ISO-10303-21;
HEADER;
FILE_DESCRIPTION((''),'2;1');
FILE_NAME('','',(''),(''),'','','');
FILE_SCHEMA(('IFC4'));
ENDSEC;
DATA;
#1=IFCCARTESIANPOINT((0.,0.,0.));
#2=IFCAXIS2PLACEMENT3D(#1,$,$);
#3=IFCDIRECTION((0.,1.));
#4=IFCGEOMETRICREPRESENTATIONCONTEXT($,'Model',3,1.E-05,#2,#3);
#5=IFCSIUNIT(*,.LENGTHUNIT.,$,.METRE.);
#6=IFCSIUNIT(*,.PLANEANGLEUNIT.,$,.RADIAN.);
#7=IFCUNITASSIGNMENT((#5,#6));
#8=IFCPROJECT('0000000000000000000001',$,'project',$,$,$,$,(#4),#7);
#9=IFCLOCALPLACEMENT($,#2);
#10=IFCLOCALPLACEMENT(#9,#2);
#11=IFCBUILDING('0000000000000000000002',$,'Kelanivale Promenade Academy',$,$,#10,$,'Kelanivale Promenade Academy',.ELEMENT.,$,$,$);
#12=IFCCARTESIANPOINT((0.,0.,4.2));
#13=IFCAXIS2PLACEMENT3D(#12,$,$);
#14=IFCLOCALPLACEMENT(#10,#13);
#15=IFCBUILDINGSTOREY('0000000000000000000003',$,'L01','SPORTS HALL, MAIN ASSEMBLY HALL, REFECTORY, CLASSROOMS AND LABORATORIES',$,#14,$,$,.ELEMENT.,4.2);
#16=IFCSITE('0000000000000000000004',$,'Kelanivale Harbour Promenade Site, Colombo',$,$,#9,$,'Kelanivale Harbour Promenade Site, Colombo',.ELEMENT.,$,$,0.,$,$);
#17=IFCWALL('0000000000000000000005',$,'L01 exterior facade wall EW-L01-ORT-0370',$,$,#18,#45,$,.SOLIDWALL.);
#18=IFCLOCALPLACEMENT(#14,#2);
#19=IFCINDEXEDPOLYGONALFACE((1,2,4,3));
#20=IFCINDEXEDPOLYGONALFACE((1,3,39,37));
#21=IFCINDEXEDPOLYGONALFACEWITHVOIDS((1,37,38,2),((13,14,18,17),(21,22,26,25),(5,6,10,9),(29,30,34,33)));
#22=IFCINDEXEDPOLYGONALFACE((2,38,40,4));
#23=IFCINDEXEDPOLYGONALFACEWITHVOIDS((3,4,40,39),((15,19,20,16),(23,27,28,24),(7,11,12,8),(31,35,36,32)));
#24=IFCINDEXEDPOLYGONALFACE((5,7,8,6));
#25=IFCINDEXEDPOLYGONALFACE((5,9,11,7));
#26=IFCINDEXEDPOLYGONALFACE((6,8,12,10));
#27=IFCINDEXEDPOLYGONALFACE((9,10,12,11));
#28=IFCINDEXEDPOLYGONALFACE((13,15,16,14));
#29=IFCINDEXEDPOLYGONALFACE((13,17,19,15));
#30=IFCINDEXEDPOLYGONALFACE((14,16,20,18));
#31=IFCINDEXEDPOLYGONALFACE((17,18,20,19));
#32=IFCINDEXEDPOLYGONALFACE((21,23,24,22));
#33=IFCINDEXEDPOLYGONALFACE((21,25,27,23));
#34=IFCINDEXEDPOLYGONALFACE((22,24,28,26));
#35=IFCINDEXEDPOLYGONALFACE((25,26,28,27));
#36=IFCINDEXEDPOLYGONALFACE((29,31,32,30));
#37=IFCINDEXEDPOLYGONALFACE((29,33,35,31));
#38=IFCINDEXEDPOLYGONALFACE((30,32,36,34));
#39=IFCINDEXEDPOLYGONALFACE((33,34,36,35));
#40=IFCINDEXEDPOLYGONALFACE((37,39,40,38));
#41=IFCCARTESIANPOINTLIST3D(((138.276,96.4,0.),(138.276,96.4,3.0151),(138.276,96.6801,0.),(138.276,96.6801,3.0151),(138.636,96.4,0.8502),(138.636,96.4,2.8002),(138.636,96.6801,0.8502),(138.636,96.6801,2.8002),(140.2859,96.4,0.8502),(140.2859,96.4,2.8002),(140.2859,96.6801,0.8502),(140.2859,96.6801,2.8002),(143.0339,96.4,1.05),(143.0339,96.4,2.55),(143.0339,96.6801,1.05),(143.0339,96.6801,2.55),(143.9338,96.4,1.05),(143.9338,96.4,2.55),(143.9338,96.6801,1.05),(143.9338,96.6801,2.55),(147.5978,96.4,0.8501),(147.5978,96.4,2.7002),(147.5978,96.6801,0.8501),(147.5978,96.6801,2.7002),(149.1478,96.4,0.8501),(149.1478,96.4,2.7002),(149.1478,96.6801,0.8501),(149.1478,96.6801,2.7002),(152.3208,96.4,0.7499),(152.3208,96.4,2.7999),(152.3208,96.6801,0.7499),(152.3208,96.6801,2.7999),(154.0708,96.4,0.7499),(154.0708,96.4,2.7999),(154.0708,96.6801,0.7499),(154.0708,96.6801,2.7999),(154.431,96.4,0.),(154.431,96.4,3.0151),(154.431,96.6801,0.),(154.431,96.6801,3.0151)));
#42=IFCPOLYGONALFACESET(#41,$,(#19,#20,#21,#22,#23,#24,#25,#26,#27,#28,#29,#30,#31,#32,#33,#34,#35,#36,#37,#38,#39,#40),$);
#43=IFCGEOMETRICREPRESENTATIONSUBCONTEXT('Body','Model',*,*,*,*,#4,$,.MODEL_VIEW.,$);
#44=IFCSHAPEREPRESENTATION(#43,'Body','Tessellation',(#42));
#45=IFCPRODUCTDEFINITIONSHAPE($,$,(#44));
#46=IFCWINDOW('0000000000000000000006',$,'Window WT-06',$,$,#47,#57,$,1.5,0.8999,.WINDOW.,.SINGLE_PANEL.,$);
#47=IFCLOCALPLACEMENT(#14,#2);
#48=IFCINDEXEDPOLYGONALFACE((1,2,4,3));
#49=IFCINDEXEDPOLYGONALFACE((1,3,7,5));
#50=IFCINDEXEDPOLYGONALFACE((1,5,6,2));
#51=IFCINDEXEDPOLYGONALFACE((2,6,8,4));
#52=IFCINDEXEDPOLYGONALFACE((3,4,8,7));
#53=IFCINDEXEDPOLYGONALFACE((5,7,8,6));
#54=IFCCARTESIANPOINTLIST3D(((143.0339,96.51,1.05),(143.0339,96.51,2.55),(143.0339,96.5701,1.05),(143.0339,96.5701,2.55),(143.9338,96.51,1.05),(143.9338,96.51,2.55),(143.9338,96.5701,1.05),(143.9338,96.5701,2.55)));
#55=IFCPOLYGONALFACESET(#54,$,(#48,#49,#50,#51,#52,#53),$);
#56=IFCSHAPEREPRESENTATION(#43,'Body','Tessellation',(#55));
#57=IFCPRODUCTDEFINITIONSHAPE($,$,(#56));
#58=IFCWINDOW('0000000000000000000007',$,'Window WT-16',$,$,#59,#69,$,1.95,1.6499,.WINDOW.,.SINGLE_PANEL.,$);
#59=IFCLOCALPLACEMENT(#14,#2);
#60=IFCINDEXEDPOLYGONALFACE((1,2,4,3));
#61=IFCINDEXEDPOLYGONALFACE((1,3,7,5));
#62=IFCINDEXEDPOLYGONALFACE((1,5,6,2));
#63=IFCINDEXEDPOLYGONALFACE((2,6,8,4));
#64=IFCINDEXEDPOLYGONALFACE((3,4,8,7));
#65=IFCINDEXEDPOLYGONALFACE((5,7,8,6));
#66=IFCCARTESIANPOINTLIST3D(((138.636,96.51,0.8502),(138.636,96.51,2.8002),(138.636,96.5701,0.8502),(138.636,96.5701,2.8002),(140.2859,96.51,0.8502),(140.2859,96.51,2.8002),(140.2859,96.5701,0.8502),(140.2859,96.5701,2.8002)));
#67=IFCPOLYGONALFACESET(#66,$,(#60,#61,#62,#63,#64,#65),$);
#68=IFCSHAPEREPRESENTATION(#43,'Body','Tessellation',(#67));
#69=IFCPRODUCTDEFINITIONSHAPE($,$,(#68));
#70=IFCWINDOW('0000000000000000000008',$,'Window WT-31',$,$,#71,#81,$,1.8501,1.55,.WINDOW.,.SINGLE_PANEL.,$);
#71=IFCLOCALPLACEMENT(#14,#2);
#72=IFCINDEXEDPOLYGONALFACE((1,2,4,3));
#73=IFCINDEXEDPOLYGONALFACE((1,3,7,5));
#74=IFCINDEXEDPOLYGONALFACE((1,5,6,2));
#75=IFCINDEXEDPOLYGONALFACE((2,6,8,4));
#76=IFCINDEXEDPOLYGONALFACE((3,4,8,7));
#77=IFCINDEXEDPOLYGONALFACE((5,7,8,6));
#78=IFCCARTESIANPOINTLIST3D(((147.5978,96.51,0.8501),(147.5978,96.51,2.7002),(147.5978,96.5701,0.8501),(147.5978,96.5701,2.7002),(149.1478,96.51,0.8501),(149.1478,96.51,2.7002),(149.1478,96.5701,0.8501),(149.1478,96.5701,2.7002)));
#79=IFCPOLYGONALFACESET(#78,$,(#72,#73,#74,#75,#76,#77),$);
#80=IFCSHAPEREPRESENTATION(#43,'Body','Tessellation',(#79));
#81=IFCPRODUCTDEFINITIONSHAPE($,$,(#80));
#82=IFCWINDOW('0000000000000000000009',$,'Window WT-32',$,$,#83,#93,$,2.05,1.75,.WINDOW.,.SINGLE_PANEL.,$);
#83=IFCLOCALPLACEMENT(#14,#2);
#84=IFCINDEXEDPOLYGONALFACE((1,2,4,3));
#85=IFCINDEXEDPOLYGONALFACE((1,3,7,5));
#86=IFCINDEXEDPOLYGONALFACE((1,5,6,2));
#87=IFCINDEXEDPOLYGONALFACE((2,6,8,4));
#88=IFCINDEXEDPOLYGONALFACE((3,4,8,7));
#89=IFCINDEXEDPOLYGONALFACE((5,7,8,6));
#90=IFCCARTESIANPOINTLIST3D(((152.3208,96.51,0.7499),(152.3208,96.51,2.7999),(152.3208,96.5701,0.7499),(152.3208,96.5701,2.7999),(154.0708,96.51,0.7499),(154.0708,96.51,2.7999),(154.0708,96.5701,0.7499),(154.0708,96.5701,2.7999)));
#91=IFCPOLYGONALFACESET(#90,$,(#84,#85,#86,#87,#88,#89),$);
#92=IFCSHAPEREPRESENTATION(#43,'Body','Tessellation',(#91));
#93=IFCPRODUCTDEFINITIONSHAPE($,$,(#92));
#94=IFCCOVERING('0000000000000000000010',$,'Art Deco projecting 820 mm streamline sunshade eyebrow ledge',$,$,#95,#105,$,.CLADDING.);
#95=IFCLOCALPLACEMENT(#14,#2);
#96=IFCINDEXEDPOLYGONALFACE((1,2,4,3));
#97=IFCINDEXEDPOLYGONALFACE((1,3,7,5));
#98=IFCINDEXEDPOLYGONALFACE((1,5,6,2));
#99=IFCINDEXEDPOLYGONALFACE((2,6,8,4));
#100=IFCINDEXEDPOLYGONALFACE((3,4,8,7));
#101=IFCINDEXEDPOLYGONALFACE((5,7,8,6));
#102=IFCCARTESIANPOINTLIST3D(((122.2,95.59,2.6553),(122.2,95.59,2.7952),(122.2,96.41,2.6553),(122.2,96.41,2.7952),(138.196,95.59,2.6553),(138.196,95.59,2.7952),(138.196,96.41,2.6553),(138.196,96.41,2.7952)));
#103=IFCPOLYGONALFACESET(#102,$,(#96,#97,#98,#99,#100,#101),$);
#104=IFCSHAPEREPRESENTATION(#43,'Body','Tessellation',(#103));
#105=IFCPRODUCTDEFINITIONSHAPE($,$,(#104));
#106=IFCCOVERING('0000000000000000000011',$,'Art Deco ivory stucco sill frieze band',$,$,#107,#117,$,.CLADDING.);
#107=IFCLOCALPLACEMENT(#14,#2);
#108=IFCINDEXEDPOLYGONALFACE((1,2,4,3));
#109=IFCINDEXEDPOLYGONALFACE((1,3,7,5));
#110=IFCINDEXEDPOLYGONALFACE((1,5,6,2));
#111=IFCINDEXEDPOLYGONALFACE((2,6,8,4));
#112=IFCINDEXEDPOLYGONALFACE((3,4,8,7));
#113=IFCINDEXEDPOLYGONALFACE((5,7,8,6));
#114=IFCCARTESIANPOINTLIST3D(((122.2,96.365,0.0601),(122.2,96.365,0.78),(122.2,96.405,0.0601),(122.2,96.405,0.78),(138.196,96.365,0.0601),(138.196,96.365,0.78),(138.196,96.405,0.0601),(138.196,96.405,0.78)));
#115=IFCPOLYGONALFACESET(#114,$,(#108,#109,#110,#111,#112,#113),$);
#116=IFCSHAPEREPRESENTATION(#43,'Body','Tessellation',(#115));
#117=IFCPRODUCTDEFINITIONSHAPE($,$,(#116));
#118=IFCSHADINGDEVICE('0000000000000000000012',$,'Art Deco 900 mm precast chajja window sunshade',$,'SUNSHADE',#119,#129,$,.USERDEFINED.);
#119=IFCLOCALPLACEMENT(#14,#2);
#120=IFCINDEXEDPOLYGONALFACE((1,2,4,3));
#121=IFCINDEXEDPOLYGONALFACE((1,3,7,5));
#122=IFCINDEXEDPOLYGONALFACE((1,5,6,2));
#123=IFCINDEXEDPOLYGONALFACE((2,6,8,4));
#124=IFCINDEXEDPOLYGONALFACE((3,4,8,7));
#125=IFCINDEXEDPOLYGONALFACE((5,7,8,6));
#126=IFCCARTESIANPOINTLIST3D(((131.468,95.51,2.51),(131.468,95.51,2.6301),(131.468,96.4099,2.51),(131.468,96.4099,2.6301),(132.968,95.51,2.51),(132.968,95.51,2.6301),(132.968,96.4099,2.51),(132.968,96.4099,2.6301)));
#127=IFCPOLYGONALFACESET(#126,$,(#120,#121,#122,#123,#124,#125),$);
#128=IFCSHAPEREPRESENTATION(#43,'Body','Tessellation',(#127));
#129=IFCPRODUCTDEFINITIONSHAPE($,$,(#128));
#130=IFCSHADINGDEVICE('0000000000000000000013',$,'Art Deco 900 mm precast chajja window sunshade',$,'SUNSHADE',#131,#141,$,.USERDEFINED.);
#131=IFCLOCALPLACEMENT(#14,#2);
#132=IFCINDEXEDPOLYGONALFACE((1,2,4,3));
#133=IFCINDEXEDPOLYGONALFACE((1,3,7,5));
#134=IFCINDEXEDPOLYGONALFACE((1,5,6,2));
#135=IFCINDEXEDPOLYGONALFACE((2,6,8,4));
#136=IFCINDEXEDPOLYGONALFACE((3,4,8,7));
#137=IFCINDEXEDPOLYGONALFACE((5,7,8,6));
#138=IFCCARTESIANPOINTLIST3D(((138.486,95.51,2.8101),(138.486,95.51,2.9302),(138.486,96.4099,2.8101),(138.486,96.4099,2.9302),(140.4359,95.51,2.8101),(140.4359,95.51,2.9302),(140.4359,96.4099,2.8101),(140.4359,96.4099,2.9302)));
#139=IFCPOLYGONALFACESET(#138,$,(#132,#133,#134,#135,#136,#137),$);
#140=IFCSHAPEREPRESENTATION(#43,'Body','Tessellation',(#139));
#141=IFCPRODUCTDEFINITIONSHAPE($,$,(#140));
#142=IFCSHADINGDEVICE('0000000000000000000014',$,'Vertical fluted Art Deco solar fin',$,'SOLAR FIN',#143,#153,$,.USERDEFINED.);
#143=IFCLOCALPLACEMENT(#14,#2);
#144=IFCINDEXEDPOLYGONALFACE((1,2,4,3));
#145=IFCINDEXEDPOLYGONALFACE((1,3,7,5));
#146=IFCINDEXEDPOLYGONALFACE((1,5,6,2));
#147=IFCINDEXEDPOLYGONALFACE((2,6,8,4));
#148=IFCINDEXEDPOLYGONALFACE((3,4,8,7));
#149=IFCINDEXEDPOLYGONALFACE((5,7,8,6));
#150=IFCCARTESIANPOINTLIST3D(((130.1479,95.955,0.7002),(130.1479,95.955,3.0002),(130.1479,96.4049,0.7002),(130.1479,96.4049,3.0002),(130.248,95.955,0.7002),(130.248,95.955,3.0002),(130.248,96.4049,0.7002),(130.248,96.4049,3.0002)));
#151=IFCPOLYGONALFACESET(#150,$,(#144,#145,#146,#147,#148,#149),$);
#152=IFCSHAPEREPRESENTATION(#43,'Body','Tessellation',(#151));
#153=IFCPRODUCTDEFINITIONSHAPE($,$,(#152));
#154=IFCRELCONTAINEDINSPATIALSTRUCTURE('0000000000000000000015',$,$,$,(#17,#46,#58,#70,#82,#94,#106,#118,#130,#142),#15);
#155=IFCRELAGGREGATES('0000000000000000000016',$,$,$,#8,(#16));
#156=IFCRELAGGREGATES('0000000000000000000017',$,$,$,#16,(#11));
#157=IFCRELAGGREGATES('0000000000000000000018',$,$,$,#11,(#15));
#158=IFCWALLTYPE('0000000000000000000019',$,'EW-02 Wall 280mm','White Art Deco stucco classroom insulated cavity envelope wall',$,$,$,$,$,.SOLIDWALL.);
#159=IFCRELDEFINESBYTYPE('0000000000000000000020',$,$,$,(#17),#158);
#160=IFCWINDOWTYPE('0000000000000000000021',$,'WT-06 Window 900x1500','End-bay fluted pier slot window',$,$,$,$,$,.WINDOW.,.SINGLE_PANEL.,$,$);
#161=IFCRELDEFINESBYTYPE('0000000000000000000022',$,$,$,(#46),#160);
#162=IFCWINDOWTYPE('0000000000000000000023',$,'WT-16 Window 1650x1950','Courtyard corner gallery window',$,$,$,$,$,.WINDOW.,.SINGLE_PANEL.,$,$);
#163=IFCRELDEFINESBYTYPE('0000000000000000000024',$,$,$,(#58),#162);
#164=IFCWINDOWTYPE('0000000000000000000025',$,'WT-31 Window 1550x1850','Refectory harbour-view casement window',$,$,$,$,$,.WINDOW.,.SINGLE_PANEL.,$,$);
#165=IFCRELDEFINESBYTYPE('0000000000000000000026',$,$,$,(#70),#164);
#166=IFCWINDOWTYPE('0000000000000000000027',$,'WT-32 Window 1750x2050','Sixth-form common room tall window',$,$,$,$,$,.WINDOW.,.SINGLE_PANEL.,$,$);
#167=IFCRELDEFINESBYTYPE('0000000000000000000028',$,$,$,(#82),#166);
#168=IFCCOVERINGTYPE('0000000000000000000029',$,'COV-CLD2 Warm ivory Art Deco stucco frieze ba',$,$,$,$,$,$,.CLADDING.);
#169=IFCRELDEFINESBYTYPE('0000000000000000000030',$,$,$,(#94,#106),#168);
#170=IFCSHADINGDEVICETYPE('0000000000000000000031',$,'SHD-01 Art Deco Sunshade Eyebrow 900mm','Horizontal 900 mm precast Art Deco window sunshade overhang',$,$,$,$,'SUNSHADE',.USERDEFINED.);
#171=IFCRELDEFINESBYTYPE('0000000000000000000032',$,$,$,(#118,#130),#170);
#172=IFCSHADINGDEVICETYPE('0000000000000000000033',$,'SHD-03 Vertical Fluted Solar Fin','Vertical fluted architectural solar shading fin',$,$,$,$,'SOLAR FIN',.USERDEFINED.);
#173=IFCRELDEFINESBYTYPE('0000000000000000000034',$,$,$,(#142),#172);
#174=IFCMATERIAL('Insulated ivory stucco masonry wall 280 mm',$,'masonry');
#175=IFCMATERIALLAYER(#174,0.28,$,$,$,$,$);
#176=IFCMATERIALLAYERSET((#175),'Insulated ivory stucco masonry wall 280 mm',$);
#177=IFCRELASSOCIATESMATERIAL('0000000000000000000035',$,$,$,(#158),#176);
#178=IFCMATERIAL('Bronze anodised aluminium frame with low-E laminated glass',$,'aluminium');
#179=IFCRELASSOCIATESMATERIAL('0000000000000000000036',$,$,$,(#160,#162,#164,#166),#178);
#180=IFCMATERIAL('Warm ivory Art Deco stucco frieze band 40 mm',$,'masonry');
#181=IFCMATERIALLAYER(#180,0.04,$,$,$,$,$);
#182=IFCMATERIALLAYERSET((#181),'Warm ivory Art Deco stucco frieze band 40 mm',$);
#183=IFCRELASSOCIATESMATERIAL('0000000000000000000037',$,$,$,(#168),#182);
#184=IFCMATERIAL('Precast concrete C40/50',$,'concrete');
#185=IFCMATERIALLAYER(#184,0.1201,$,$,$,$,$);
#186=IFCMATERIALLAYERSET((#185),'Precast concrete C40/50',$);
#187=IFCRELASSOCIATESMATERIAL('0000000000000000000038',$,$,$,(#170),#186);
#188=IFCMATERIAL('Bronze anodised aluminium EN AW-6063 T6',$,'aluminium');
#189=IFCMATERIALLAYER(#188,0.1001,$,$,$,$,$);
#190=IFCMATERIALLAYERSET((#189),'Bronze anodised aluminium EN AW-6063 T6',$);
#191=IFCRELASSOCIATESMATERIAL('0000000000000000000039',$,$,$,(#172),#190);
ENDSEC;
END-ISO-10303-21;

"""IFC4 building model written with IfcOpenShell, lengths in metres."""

from ifc_helpers import new_model, si_unit, direction, frame, frame_2d, origin, origin_2d, place, context, subcontext, project, spatial, rectangle, extrude, material, layer, layer_set, type_object, element, fill, save


model = new_model("IFC4")

# Units and contexts
model_context = context("Model", 3, precision=1e-05, world=origin(), true_north=direction((0.0, 1.0)))
body_context = subcontext(model_context, "Body", "Model", "MODEL_VIEW")
ifc_project = project(units=[si_unit("LENGTHUNIT", "METRE"), si_unit("PLANEANGLEUNIT", "RADIAN")], contexts=[model_context])

# Site, building, storey
site_placement = place(None, origin())
site = spatial("IfcSite", under=ifc_project, at=site_placement, Name="Kelanivale Harbour Promenade Site, Colombo", LongName="Kelanivale Harbour Promenade Site, Colombo", CompositionType="ELEMENT", RefElevation=0.0)
building_placement = place(site_placement, origin())
building = spatial("IfcBuilding", under=site, at=building_placement, Name="Kelanivale Promenade Academy", LongName="Kelanivale Promenade Academy", CompositionType="ELEMENT")
storey_placement = place(building_placement, frame((0.0, 0.0, 4.2)))
storey = spatial("IfcBuildingStorey", under=building, at=storey_placement, Name="L01", Description="SPORTS HALL, MAIN ASSEMBLY HALL, REFECTORY, CLASSROOMS AND LABORATORIES", CompositionType="ELEMENT", Elevation=4.2)

# Wall, openings, windows
ifc_material_1 = material(Name="Insulated ivory stucco masonry wall 280 mm", Category="masonry")
ifc_layer_1 = layer(ifc_material_1, 0.28)
ifc_layer_set_1 = layer_set([ifc_layer_1], Name="Insulated ivory stucco masonry wall 280 mm")
wall_type = type_object("IfcWallType", Name="EW-02 Wall 280mm", Description="White Art Deco stucco classroom insulated cavity envelope wall", PredefinedType="SOLIDWALL", material=ifc_layer_set_1)
wall_placement = place(storey_placement, frame((138.2759, 96.54, 0.0), z_axis=(0.0, 0.0, 1.0), x_axis=(1.0, 0.0, 0.0)))
wall = element("IfcWall", 1, at=wall_placement, inside=storey, type_object=wall_type, Name="L01 exterior facade wall EW-L01-ORT-0370", PredefinedType="SOLIDWALL", context=body_context, shape_type="SweptSolid", body=[
    extrude(rectangle(XDim=16.155, YDim=0.28, at=frame_2d((8.0776, 0.0))), origin(), (0.0, 0.0, 1.0), 3.0151),
])
opening_1_placement = place(wall_placement, frame((0.3601, 0.0, 0.8501)))
opening_1 = element("IfcOpeningElement", 2, at=opening_1_placement, cuts=wall, PredefinedType="OPENING", context=body_context, shape_type="SweptSolid", body=[
    extrude(rectangle(XDim=1.6499, YDim=1.95, at=frame_2d((0.825, 0.9751))), frame((0.0, 0.1499, 0.0), z_axis=(0.0, -1.0, 0.0), x_axis=(1.0, 0.0, 0.0)), (0.0, 0.0, 1.0), 0.3),
])
opening_2_placement = place(wall_placement, frame((4.7581, 0.0, 1.05)))
opening_2 = element("IfcOpeningElement", 3, at=opening_2_placement, cuts=wall, PredefinedType="OPENING", context=body_context, shape_type="SweptSolid", body=[
    extrude(rectangle(XDim=0.8999, YDim=1.5, at=frame_2d((0.45, 0.75))), frame((0.0, 0.1499, 0.0), z_axis=(0.0, -1.0, 0.0), x_axis=(1.0, 0.0, 0.0)), (0.0, 0.0, 1.0), 0.3),
])
opening_3_placement = place(wall_placement, frame((9.322, 0.0, 0.8501)))
opening_3 = element("IfcOpeningElement", 4, at=opening_3_placement, cuts=wall, PredefinedType="OPENING", context=body_context, shape_type="SweptSolid", body=[
    extrude(rectangle(XDim=1.55, YDim=1.8501, at=frame_2d((0.7749, 0.925))), frame((0.0, 0.1499, 0.0), z_axis=(0.0, -1.0, 0.0), x_axis=(1.0, 0.0, 0.0)), (0.0, 0.0, 1.0), 0.3),
])
opening_4_placement = place(wall_placement, frame((14.0449, 0.0, 0.75)))
opening_4 = element("IfcOpeningElement", 5, at=opening_4_placement, cuts=wall, PredefinedType="OPENING", context=body_context, shape_type="SweptSolid", body=[
    extrude(rectangle(XDim=1.75, YDim=2.05, at=frame_2d((0.875, 1.0249))), frame((0.0, 0.1499, 0.0), z_axis=(0.0, -1.0, 0.0), x_axis=(1.0, 0.0, 0.0)), (0.0, 0.0, 1.0), 0.3),
])
ifc_material_2 = material(Name="Bronze anodised aluminium frame with low-E laminated glass", Category="aluminium")
window_type_1 = type_object("IfcWindowType", Name="WT-06 Window 900x1500", Description="End-bay fluted pier slot window", PartitioningType="SINGLE_PANEL", PredefinedType="WINDOW", material=ifc_material_2)
window_1_placement = place(opening_2_placement, origin())
window_1 = element("IfcWindow", 6, at=window_1_placement, inside=storey, type_object=window_type_1, Name="Window WT-06", OverallHeight=1.5, OverallWidth=0.8999, PartitioningType="SINGLE_PANEL", PredefinedType="WINDOW", context=body_context, shape_type="SweptSolid", body=[
    extrude(rectangle(XDim=0.8999, YDim=1.5, at=frame_2d((0.45, 0.75))), frame((0.0, 0.03, 0.0), z_axis=(0.0, -1.0, 0.0), x_axis=(1.0, 0.0, 0.0)), (0.0, 0.0, 1.0), 0.0601),
])
fill(opening_2, window_1)
window_type_2 = type_object("IfcWindowType", Name="WT-16 Window 1650x1950", Description="Courtyard corner gallery window", PartitioningType="SINGLE_PANEL", PredefinedType="WINDOW", material=ifc_material_2)
window_2_placement = place(opening_1_placement, origin())
window_2 = element("IfcWindow", 7, at=window_2_placement, inside=storey, type_object=window_type_2, Name="Window WT-16", OverallHeight=1.95, OverallWidth=1.6499, PartitioningType="SINGLE_PANEL", PredefinedType="WINDOW", context=body_context, shape_type="SweptSolid", body=[
    extrude(rectangle(XDim=1.6499, YDim=1.95, at=frame_2d((0.825, 0.9751))), frame((0.0, 0.03, 0.0), z_axis=(0.0, -1.0, 0.0), x_axis=(1.0, 0.0, 0.0)), (0.0, 0.0, 1.0), 0.0601),
])
fill(opening_1, window_2)
window_type_3 = type_object("IfcWindowType", Name="WT-31 Window 1550x1850", Description="Refectory harbour-view casement window", PartitioningType="SINGLE_PANEL", PredefinedType="WINDOW", material=ifc_material_2)
window_3_placement = place(opening_3_placement, origin())
window_3 = element("IfcWindow", 8, at=window_3_placement, inside=storey, type_object=window_type_3, Name="Window WT-31", OverallHeight=1.8501, OverallWidth=1.55, PartitioningType="SINGLE_PANEL", PredefinedType="WINDOW", context=body_context, shape_type="SweptSolid", body=[
    extrude(rectangle(XDim=1.55, YDim=1.8501, at=frame_2d((0.7749, 0.925))), frame((0.0, 0.03, 0.0), z_axis=(0.0, -1.0, 0.0), x_axis=(1.0, 0.0, 0.0)), (0.0, 0.0, 1.0), 0.0601),
])
fill(opening_3, window_3)
window_type_4 = type_object("IfcWindowType", Name="WT-32 Window 1750x2050", Description="Sixth-form common room tall window", PartitioningType="SINGLE_PANEL", PredefinedType="WINDOW", material=ifc_material_2)
window_4_placement = place(opening_4_placement, origin())
window_4 = element("IfcWindow", 9, at=window_4_placement, inside=storey, type_object=window_type_4, Name="Window WT-32", OverallHeight=2.05, OverallWidth=1.75, PartitioningType="SINGLE_PANEL", PredefinedType="WINDOW", context=body_context, shape_type="SweptSolid", body=[
    extrude(rectangle(XDim=1.75, YDim=2.05, at=frame_2d((0.875, 1.0249))), frame((0.0, 0.03, 0.0), z_axis=(0.0, -1.0, 0.0), x_axis=(1.0, 0.0, 0.0)), (0.0, 0.0, 1.0), 0.0601),
])
fill(opening_4, window_4)

# Coverings
ifc_material_3 = material(Name="Warm ivory Art Deco stucco frieze band 40 mm", Category="masonry")
ifc_layer_2 = layer(ifc_material_3, 0.04)
ifc_layer_set_2 = layer_set([ifc_layer_2], Name="Warm ivory Art Deco stucco frieze band 40 mm")
covering_type = type_object("IfcCoveringType", Name="COV-CLD2 Warm ivory Art Deco stucco frieze ba", PredefinedType="CLADDING", material=ifc_layer_set_2)
covering_1_placement = place(storey_placement, frame((130.198, 96.0, 2.6553), z_axis=(0.0, 0.0, 1.0), x_axis=(1.0, 0.0, 0.0)))
element("IfcCovering", 10, at=covering_1_placement, inside=storey, type_object=covering_type, Name="Art Deco projecting 820 mm streamline sunshade eyebrow ledge", PredefinedType="CLADDING", context=body_context, shape_type="SweptSolid", body=[
    extrude(rectangle(XDim=15.9961, YDim=0.8201, at=origin_2d()), origin(), (0.0, 0.0, 1.0), 0.1399),
])
covering_2_placement = place(storey_placement, frame((130.198, 96.385, 0.0601), z_axis=(0.0, 0.0, 1.0), x_axis=(1.0, 0.0, 0.0)))
element("IfcCovering", 11, at=covering_2_placement, inside=storey, type_object=covering_type, Name="Art Deco ivory stucco sill frieze band", PredefinedType="CLADDING", context=body_context, shape_type="SweptSolid", body=[
    extrude(rectangle(XDim=15.9961, YDim=0.04, at=origin_2d()), origin(), (0.0, 0.0, 1.0), 0.72),
])

# Shading devices
ifc_material_4 = material(Name="Precast concrete C40/50", Category="concrete")
ifc_layer_3 = layer(ifc_material_4, 0.1201)
ifc_layer_set_3 = layer_set([ifc_layer_3], Name="Precast concrete C40/50")
shading_device_type_1 = type_object("IfcShadingDeviceType", Name="SHD-01 Art Deco Sunshade Eyebrow 900mm", Description="Horizontal 900 mm precast Art Deco window sunshade overhang", ElementType="SUNSHADE", PredefinedType="USERDEFINED", material=ifc_layer_set_3)
shading_device_1_placement = place(storey_placement, frame((132.218, 95.96, 2.51), z_axis=(0.0, 0.0, 1.0), x_axis=(1.0, 0.0, 0.0)))
element("IfcShadingDevice", 12, at=shading_device_1_placement, inside=storey, type_object=shading_device_type_1, Name="Art Deco 900 mm precast chajja window sunshade", ObjectType="SUNSHADE", PredefinedType="USERDEFINED", context=body_context, shape_type="SweptSolid", body=[
    extrude(rectangle(XDim=1.5, YDim=0.8999, at=origin_2d()), origin(), (0.0, 0.0, 1.0), 0.1201),
])
shading_device_2_placement = place(storey_placement, frame((139.4609, 95.96, 2.8101), z_axis=(0.0, 0.0, 1.0), x_axis=(1.0, 0.0, 0.0)))
element("IfcShadingDevice", 13, at=shading_device_2_placement, inside=storey, type_object=shading_device_type_1, Name="Art Deco 900 mm precast chajja window sunshade", ObjectType="SUNSHADE", PredefinedType="USERDEFINED", context=body_context, shape_type="SweptSolid", body=[
    extrude(rectangle(XDim=1.95, YDim=0.8999, at=origin_2d()), origin(), (0.0, 0.0, 1.0), 0.1201),
])
ifc_material_5 = material(Name="Bronze anodised aluminium EN AW-6063 T6", Category="aluminium")
ifc_layer_4 = layer(ifc_material_5, 0.1001)
ifc_layer_set_4 = layer_set([ifc_layer_4], Name="Bronze anodised aluminium EN AW-6063 T6")
shading_device_type_2 = type_object("IfcShadingDeviceType", Name="SHD-03 Vertical Fluted Solar Fin", Description="Vertical fluted architectural solar shading fin", ElementType="SOLAR FIN", PredefinedType="USERDEFINED", material=ifc_layer_set_4)
shading_device_3_placement = place(storey_placement, frame((130.198, 96.1799, 0.7002), z_axis=(0.0, 0.0, 1.0), x_axis=(1.0, 0.0, 0.0)))
element("IfcShadingDevice", 14, at=shading_device_3_placement, inside=storey, type_object=shading_device_type_2, Name="Vertical fluted Art Deco solar fin", ObjectType="SOLAR FIN", PredefinedType="USERDEFINED", context=body_context, shape_type="SweptSolid", body=[
    extrude(rectangle(XDim=0.1001, YDim=0.45, at=origin_2d()), origin(), (0.0, 0.0, 1.0), 2.3),
])

save(model, "model.ifc")
